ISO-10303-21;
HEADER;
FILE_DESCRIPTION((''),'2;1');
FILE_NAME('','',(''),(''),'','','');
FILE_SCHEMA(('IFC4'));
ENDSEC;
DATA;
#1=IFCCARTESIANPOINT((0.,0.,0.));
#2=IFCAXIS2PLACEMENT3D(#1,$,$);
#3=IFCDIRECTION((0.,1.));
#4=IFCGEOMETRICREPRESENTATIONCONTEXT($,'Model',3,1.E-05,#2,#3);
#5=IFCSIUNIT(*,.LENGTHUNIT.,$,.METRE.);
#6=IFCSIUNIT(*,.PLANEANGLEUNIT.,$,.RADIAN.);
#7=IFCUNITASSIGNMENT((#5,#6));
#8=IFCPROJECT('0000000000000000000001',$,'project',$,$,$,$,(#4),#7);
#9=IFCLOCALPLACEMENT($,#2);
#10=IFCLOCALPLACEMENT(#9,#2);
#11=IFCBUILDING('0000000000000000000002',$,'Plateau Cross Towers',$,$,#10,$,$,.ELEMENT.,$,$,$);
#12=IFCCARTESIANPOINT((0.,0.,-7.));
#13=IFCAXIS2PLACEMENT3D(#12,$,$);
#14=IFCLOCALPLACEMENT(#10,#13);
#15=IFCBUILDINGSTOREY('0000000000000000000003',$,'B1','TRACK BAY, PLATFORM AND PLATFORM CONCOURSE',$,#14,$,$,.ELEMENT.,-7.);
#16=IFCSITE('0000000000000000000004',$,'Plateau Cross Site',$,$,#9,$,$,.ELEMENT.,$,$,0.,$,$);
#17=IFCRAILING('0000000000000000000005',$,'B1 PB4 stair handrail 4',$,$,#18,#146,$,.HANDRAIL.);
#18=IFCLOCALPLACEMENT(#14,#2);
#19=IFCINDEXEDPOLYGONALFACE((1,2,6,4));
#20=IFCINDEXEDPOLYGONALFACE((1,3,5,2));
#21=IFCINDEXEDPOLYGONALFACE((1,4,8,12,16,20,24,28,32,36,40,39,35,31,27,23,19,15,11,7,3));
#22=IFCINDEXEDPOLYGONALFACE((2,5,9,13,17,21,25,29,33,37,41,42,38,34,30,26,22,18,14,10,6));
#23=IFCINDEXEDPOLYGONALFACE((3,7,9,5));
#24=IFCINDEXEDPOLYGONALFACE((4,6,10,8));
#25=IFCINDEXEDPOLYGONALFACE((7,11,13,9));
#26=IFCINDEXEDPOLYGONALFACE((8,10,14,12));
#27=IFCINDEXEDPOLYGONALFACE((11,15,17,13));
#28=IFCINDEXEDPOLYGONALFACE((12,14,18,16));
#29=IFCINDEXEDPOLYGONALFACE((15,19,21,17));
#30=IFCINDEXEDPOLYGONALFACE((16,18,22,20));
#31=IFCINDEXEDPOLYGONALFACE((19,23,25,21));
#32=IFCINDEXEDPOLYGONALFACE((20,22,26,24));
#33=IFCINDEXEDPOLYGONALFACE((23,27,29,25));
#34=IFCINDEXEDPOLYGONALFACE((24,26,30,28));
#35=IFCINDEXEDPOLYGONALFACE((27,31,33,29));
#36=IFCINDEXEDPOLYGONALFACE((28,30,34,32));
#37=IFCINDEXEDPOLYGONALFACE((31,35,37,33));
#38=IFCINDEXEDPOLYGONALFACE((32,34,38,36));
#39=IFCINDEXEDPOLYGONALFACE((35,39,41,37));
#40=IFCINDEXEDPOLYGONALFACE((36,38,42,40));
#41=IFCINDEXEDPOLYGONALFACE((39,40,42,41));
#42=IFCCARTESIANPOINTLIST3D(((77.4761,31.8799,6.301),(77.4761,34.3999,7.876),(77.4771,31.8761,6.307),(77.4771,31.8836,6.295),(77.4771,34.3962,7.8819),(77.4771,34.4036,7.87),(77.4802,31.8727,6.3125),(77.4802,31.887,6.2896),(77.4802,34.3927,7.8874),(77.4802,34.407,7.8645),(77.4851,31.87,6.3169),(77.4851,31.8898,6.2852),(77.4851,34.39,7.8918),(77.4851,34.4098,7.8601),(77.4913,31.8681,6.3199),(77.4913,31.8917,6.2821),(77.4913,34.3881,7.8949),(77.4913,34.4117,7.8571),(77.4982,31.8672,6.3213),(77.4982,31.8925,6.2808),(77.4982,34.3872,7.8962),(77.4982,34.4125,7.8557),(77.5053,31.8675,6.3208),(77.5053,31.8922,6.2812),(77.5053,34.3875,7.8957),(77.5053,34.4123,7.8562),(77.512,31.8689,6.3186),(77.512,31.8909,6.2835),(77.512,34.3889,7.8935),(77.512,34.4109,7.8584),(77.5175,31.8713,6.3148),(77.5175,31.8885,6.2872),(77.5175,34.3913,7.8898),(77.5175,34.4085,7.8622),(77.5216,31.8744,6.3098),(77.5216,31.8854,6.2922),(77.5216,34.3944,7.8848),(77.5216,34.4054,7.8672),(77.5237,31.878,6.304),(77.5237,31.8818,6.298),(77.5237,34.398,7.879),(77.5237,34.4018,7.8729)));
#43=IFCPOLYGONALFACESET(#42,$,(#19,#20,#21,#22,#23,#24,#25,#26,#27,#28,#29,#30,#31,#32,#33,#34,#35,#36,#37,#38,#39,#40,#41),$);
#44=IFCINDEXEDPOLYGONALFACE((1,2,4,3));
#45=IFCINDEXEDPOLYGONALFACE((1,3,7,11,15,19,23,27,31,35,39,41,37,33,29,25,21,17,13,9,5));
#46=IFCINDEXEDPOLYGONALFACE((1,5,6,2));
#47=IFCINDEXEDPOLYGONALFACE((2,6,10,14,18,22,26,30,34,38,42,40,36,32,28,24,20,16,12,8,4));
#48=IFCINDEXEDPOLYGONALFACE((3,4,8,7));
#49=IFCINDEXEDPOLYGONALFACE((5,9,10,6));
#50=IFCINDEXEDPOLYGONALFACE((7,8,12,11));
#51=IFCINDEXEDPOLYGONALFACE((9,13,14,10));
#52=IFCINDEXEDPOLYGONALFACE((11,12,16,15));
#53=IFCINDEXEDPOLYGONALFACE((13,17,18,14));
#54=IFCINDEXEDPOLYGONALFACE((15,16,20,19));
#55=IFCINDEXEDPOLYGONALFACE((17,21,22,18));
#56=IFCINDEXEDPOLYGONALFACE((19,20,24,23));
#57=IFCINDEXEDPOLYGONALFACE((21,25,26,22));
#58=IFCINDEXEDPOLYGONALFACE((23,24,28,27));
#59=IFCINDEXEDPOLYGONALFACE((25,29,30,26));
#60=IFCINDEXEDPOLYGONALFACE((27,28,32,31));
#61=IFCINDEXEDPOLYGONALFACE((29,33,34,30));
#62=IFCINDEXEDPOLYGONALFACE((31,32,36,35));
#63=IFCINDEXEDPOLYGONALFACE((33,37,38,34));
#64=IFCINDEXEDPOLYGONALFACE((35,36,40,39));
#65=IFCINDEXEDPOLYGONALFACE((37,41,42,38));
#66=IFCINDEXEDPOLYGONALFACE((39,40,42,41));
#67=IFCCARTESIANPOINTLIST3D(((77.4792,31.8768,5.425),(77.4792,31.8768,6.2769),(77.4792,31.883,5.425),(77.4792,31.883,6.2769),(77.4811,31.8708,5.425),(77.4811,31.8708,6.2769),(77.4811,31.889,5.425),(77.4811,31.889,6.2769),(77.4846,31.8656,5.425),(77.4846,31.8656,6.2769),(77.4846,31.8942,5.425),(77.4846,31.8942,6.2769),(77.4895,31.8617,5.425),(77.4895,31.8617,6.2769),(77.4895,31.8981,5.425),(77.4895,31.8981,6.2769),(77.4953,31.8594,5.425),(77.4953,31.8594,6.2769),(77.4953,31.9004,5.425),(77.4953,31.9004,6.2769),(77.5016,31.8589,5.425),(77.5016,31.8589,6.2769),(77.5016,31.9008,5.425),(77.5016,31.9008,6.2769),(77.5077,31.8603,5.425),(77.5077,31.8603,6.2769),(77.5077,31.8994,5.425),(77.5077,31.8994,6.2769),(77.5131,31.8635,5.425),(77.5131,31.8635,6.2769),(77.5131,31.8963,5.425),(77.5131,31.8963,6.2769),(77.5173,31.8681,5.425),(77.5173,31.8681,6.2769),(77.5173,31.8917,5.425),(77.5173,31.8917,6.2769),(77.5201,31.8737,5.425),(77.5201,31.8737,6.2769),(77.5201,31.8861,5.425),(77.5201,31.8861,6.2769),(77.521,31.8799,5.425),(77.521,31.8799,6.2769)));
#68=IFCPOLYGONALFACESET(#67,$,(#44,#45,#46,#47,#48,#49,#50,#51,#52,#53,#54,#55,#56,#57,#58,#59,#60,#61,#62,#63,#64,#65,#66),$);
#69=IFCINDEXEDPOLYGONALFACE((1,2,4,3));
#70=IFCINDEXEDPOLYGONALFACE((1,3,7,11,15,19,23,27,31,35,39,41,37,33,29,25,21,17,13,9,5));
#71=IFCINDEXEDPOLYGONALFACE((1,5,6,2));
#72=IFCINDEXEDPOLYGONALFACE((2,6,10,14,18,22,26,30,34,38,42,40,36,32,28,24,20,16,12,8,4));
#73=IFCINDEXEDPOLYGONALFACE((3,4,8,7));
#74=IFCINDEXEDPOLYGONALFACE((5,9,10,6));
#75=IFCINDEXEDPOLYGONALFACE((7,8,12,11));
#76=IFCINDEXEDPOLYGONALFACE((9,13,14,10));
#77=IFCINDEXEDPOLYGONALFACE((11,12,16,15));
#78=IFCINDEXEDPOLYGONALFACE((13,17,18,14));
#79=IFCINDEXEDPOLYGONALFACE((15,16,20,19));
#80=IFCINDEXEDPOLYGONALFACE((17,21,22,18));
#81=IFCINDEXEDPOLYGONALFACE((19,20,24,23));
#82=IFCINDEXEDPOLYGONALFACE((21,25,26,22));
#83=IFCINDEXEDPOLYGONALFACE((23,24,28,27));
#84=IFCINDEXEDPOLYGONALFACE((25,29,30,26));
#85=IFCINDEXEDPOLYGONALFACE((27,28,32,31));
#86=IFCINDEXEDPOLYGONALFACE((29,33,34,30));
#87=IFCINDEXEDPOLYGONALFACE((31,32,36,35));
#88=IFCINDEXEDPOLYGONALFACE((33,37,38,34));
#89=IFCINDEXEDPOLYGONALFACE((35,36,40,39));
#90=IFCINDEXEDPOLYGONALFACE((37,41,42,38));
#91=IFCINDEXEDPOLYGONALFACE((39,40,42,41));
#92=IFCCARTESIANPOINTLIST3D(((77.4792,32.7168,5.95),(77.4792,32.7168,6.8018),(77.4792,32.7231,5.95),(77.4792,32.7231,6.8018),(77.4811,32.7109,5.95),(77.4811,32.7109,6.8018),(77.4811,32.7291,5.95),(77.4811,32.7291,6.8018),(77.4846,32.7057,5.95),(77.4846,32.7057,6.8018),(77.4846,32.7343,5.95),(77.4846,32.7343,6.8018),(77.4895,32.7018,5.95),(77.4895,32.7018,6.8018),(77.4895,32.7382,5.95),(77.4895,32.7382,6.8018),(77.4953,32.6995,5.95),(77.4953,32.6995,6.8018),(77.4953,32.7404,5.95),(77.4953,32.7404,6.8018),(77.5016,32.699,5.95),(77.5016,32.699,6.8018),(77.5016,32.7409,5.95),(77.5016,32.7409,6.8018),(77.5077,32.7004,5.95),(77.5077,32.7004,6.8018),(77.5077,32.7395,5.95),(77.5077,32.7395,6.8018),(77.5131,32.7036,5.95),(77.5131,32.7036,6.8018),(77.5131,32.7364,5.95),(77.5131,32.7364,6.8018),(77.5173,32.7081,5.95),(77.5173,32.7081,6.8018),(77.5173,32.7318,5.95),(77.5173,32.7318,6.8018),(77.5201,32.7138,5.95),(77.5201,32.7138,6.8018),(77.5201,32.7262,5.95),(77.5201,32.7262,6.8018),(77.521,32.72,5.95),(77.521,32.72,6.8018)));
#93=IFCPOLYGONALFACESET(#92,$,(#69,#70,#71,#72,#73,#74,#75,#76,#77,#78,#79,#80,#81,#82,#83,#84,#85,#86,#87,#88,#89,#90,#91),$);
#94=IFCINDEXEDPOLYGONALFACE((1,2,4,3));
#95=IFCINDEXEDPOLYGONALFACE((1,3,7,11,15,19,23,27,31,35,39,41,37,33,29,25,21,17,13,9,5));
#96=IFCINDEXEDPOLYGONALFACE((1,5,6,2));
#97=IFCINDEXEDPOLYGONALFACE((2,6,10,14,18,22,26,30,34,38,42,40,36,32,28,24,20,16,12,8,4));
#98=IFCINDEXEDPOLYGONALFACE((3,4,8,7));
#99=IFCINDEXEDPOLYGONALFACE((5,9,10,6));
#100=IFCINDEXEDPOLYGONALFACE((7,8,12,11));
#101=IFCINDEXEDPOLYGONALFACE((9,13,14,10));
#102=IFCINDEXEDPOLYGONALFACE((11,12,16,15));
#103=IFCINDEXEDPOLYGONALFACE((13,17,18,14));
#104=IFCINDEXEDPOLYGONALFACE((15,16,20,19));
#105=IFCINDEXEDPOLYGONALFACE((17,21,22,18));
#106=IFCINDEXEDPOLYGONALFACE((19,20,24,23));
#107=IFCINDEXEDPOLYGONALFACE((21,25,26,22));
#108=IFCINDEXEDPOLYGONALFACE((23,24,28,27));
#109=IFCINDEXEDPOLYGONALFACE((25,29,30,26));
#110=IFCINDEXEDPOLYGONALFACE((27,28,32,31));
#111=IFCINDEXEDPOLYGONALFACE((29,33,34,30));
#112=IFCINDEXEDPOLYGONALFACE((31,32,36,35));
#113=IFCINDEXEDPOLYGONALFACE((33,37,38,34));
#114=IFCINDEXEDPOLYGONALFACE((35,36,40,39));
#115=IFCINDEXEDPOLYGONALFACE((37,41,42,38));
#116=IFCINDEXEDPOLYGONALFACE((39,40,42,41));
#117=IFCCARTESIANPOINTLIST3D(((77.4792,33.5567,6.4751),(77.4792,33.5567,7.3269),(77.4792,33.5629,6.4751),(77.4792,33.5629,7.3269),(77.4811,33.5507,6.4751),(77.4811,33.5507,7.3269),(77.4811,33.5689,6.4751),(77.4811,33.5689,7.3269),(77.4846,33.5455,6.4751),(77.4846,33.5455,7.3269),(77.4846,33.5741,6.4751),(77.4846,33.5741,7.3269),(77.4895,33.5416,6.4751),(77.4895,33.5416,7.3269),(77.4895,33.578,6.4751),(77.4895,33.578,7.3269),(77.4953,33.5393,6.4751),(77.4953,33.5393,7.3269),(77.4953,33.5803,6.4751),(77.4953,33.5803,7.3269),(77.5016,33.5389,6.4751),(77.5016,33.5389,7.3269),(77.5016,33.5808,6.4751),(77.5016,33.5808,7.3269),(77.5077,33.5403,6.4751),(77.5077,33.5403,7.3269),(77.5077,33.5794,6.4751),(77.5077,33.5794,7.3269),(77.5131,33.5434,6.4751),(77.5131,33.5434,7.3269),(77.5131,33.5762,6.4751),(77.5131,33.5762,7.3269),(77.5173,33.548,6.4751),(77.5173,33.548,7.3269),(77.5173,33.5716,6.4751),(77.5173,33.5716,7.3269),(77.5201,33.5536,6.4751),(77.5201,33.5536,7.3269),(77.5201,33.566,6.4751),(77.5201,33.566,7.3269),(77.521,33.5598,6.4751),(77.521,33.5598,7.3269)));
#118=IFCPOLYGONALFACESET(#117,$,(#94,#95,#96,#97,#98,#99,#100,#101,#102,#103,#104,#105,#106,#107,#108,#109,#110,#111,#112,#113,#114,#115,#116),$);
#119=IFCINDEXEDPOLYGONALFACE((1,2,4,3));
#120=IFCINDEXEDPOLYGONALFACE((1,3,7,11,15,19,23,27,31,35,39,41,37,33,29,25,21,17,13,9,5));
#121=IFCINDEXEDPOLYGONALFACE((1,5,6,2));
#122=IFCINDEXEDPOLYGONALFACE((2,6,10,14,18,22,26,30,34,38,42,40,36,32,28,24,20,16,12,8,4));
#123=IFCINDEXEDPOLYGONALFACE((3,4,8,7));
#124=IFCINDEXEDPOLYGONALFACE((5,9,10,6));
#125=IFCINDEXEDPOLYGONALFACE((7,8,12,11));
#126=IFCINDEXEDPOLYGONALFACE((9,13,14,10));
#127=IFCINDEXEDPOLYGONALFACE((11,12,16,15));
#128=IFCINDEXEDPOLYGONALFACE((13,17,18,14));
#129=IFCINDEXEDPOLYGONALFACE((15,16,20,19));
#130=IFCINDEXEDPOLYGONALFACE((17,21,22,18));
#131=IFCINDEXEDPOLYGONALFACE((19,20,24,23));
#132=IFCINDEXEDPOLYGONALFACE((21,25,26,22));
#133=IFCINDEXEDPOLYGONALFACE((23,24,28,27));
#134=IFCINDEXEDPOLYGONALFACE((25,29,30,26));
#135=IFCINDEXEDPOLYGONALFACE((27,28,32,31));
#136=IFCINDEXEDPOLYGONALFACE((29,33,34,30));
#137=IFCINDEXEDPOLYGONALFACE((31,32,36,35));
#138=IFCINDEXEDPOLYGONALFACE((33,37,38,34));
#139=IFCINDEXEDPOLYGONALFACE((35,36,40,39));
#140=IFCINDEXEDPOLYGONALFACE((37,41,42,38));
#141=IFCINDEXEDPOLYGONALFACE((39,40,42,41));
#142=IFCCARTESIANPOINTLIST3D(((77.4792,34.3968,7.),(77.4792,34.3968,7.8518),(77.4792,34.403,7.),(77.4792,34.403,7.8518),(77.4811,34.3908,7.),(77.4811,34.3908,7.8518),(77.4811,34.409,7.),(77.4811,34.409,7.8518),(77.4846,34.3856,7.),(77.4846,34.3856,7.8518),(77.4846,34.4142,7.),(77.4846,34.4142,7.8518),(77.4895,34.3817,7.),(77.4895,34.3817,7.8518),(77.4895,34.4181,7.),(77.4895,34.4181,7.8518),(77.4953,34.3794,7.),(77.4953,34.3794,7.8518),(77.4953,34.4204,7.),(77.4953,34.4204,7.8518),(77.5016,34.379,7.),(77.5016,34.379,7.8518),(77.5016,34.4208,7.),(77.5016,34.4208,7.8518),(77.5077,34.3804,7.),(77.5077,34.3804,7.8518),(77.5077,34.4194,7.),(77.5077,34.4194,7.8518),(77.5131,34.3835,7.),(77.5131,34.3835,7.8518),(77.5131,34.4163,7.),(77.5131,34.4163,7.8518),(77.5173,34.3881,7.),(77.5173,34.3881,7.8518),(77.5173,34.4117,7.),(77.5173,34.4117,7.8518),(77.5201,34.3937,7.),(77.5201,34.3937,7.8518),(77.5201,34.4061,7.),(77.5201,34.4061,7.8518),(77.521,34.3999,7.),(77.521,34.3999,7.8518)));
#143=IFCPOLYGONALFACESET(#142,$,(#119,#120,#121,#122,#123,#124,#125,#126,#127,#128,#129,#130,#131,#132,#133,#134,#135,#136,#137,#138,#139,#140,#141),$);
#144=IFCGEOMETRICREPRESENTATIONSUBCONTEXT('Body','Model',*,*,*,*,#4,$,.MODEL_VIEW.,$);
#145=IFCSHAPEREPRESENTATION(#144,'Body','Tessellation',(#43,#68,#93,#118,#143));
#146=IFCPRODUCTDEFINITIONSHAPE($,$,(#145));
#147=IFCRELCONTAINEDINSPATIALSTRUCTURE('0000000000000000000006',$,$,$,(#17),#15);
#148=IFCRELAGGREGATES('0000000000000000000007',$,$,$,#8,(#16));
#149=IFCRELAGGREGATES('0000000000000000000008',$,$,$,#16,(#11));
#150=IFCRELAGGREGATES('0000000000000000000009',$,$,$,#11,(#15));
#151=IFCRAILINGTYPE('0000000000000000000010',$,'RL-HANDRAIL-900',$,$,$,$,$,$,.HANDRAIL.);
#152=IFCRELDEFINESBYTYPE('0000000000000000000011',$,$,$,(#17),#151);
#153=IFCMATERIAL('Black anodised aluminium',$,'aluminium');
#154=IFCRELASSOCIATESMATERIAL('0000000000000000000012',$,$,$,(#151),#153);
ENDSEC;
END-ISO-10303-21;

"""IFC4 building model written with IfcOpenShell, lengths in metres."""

from ifc_helpers import new_model, si_unit, direction, frame, origin, origin_2d, place, context, subcontext, project, spatial, circle, extrude, material, type_object, element, save


model = new_model("IFC4")

# Units and contexts
model_context = context("Model", 3, precision=1e-05, world=origin(), true_north=direction((0.0, 1.0)))
body_context = subcontext(model_context, "Body", "Model", "MODEL_VIEW")
ifc_project = project(units=[si_unit("LENGTHUNIT", "METRE"), si_unit("PLANEANGLEUNIT", "RADIAN")], contexts=[model_context])

# Site, building, storey
site_placement = place(None, origin())
site = spatial("IfcSite", under=ifc_project, at=site_placement, Name="Plateau Cross Site", CompositionType="ELEMENT", RefElevation=0.0)
building_placement = place(site_placement, origin())
building = spatial("IfcBuilding", under=site, at=building_placement, Name="Plateau Cross Towers", CompositionType="ELEMENT")
storey_placement = place(building_placement, frame((0.0, 0.0, -7.0)))
storey = spatial("IfcBuildingStorey", under=building, at=storey_placement, Name="B1", Description="TRACK BAY, PLATFORM AND PLATFORM CONCOURSE", CompositionType="ELEMENT", Elevation=-7.0)

# Railing
ifc_material_1 = material(Name="Black anodised aluminium", Category="aluminium")
railing_type_1 = type_object("IfcRailingType", Name="RL-HANDRAIL-900", PredefinedType="HANDRAIL", material=ifc_material_1)
railing_1_placement = place(storey_placement, frame((77.5, 31.8799, 5.425)))
element("IfcRailing", 1, at=railing_1_placement, inside=storey, type_object=railing_type_1, Name="B1 PB4 stair handrail 4", PredefinedType="HANDRAIL", context=body_context, shape_type="SweptSolid", body=[
    extrude(circle(Radius=0.0239, at=origin_2d()), frame((0.0, 0.0, 0.876), z_axis=(0.0, 0.848008, 0.529984), x_axis=(-1.0, 0.0, 0.0)), (0.0, 0.0, 1.0), 2.9717),
    extrude(circle(Radius=0.021, at=origin_2d()), origin(), (0.0, 0.0, 1.0), 0.8518),
    extrude(circle(Radius=0.021, at=origin_2d()), frame((0.0, 0.8401, 0.5249)), (0.0, 0.0, 1.0), 0.8518),
    extrude(circle(Radius=0.021, at=origin_2d()), frame((0.0, 1.6799, 1.05)), (0.0, 0.0, 1.0), 0.8518),
    extrude(circle(Radius=0.021, at=origin_2d()), frame((0.0, 2.52, 1.575)), (0.0, 0.0, 1.0), 0.8518),
])

save(model, "model.ifc")
